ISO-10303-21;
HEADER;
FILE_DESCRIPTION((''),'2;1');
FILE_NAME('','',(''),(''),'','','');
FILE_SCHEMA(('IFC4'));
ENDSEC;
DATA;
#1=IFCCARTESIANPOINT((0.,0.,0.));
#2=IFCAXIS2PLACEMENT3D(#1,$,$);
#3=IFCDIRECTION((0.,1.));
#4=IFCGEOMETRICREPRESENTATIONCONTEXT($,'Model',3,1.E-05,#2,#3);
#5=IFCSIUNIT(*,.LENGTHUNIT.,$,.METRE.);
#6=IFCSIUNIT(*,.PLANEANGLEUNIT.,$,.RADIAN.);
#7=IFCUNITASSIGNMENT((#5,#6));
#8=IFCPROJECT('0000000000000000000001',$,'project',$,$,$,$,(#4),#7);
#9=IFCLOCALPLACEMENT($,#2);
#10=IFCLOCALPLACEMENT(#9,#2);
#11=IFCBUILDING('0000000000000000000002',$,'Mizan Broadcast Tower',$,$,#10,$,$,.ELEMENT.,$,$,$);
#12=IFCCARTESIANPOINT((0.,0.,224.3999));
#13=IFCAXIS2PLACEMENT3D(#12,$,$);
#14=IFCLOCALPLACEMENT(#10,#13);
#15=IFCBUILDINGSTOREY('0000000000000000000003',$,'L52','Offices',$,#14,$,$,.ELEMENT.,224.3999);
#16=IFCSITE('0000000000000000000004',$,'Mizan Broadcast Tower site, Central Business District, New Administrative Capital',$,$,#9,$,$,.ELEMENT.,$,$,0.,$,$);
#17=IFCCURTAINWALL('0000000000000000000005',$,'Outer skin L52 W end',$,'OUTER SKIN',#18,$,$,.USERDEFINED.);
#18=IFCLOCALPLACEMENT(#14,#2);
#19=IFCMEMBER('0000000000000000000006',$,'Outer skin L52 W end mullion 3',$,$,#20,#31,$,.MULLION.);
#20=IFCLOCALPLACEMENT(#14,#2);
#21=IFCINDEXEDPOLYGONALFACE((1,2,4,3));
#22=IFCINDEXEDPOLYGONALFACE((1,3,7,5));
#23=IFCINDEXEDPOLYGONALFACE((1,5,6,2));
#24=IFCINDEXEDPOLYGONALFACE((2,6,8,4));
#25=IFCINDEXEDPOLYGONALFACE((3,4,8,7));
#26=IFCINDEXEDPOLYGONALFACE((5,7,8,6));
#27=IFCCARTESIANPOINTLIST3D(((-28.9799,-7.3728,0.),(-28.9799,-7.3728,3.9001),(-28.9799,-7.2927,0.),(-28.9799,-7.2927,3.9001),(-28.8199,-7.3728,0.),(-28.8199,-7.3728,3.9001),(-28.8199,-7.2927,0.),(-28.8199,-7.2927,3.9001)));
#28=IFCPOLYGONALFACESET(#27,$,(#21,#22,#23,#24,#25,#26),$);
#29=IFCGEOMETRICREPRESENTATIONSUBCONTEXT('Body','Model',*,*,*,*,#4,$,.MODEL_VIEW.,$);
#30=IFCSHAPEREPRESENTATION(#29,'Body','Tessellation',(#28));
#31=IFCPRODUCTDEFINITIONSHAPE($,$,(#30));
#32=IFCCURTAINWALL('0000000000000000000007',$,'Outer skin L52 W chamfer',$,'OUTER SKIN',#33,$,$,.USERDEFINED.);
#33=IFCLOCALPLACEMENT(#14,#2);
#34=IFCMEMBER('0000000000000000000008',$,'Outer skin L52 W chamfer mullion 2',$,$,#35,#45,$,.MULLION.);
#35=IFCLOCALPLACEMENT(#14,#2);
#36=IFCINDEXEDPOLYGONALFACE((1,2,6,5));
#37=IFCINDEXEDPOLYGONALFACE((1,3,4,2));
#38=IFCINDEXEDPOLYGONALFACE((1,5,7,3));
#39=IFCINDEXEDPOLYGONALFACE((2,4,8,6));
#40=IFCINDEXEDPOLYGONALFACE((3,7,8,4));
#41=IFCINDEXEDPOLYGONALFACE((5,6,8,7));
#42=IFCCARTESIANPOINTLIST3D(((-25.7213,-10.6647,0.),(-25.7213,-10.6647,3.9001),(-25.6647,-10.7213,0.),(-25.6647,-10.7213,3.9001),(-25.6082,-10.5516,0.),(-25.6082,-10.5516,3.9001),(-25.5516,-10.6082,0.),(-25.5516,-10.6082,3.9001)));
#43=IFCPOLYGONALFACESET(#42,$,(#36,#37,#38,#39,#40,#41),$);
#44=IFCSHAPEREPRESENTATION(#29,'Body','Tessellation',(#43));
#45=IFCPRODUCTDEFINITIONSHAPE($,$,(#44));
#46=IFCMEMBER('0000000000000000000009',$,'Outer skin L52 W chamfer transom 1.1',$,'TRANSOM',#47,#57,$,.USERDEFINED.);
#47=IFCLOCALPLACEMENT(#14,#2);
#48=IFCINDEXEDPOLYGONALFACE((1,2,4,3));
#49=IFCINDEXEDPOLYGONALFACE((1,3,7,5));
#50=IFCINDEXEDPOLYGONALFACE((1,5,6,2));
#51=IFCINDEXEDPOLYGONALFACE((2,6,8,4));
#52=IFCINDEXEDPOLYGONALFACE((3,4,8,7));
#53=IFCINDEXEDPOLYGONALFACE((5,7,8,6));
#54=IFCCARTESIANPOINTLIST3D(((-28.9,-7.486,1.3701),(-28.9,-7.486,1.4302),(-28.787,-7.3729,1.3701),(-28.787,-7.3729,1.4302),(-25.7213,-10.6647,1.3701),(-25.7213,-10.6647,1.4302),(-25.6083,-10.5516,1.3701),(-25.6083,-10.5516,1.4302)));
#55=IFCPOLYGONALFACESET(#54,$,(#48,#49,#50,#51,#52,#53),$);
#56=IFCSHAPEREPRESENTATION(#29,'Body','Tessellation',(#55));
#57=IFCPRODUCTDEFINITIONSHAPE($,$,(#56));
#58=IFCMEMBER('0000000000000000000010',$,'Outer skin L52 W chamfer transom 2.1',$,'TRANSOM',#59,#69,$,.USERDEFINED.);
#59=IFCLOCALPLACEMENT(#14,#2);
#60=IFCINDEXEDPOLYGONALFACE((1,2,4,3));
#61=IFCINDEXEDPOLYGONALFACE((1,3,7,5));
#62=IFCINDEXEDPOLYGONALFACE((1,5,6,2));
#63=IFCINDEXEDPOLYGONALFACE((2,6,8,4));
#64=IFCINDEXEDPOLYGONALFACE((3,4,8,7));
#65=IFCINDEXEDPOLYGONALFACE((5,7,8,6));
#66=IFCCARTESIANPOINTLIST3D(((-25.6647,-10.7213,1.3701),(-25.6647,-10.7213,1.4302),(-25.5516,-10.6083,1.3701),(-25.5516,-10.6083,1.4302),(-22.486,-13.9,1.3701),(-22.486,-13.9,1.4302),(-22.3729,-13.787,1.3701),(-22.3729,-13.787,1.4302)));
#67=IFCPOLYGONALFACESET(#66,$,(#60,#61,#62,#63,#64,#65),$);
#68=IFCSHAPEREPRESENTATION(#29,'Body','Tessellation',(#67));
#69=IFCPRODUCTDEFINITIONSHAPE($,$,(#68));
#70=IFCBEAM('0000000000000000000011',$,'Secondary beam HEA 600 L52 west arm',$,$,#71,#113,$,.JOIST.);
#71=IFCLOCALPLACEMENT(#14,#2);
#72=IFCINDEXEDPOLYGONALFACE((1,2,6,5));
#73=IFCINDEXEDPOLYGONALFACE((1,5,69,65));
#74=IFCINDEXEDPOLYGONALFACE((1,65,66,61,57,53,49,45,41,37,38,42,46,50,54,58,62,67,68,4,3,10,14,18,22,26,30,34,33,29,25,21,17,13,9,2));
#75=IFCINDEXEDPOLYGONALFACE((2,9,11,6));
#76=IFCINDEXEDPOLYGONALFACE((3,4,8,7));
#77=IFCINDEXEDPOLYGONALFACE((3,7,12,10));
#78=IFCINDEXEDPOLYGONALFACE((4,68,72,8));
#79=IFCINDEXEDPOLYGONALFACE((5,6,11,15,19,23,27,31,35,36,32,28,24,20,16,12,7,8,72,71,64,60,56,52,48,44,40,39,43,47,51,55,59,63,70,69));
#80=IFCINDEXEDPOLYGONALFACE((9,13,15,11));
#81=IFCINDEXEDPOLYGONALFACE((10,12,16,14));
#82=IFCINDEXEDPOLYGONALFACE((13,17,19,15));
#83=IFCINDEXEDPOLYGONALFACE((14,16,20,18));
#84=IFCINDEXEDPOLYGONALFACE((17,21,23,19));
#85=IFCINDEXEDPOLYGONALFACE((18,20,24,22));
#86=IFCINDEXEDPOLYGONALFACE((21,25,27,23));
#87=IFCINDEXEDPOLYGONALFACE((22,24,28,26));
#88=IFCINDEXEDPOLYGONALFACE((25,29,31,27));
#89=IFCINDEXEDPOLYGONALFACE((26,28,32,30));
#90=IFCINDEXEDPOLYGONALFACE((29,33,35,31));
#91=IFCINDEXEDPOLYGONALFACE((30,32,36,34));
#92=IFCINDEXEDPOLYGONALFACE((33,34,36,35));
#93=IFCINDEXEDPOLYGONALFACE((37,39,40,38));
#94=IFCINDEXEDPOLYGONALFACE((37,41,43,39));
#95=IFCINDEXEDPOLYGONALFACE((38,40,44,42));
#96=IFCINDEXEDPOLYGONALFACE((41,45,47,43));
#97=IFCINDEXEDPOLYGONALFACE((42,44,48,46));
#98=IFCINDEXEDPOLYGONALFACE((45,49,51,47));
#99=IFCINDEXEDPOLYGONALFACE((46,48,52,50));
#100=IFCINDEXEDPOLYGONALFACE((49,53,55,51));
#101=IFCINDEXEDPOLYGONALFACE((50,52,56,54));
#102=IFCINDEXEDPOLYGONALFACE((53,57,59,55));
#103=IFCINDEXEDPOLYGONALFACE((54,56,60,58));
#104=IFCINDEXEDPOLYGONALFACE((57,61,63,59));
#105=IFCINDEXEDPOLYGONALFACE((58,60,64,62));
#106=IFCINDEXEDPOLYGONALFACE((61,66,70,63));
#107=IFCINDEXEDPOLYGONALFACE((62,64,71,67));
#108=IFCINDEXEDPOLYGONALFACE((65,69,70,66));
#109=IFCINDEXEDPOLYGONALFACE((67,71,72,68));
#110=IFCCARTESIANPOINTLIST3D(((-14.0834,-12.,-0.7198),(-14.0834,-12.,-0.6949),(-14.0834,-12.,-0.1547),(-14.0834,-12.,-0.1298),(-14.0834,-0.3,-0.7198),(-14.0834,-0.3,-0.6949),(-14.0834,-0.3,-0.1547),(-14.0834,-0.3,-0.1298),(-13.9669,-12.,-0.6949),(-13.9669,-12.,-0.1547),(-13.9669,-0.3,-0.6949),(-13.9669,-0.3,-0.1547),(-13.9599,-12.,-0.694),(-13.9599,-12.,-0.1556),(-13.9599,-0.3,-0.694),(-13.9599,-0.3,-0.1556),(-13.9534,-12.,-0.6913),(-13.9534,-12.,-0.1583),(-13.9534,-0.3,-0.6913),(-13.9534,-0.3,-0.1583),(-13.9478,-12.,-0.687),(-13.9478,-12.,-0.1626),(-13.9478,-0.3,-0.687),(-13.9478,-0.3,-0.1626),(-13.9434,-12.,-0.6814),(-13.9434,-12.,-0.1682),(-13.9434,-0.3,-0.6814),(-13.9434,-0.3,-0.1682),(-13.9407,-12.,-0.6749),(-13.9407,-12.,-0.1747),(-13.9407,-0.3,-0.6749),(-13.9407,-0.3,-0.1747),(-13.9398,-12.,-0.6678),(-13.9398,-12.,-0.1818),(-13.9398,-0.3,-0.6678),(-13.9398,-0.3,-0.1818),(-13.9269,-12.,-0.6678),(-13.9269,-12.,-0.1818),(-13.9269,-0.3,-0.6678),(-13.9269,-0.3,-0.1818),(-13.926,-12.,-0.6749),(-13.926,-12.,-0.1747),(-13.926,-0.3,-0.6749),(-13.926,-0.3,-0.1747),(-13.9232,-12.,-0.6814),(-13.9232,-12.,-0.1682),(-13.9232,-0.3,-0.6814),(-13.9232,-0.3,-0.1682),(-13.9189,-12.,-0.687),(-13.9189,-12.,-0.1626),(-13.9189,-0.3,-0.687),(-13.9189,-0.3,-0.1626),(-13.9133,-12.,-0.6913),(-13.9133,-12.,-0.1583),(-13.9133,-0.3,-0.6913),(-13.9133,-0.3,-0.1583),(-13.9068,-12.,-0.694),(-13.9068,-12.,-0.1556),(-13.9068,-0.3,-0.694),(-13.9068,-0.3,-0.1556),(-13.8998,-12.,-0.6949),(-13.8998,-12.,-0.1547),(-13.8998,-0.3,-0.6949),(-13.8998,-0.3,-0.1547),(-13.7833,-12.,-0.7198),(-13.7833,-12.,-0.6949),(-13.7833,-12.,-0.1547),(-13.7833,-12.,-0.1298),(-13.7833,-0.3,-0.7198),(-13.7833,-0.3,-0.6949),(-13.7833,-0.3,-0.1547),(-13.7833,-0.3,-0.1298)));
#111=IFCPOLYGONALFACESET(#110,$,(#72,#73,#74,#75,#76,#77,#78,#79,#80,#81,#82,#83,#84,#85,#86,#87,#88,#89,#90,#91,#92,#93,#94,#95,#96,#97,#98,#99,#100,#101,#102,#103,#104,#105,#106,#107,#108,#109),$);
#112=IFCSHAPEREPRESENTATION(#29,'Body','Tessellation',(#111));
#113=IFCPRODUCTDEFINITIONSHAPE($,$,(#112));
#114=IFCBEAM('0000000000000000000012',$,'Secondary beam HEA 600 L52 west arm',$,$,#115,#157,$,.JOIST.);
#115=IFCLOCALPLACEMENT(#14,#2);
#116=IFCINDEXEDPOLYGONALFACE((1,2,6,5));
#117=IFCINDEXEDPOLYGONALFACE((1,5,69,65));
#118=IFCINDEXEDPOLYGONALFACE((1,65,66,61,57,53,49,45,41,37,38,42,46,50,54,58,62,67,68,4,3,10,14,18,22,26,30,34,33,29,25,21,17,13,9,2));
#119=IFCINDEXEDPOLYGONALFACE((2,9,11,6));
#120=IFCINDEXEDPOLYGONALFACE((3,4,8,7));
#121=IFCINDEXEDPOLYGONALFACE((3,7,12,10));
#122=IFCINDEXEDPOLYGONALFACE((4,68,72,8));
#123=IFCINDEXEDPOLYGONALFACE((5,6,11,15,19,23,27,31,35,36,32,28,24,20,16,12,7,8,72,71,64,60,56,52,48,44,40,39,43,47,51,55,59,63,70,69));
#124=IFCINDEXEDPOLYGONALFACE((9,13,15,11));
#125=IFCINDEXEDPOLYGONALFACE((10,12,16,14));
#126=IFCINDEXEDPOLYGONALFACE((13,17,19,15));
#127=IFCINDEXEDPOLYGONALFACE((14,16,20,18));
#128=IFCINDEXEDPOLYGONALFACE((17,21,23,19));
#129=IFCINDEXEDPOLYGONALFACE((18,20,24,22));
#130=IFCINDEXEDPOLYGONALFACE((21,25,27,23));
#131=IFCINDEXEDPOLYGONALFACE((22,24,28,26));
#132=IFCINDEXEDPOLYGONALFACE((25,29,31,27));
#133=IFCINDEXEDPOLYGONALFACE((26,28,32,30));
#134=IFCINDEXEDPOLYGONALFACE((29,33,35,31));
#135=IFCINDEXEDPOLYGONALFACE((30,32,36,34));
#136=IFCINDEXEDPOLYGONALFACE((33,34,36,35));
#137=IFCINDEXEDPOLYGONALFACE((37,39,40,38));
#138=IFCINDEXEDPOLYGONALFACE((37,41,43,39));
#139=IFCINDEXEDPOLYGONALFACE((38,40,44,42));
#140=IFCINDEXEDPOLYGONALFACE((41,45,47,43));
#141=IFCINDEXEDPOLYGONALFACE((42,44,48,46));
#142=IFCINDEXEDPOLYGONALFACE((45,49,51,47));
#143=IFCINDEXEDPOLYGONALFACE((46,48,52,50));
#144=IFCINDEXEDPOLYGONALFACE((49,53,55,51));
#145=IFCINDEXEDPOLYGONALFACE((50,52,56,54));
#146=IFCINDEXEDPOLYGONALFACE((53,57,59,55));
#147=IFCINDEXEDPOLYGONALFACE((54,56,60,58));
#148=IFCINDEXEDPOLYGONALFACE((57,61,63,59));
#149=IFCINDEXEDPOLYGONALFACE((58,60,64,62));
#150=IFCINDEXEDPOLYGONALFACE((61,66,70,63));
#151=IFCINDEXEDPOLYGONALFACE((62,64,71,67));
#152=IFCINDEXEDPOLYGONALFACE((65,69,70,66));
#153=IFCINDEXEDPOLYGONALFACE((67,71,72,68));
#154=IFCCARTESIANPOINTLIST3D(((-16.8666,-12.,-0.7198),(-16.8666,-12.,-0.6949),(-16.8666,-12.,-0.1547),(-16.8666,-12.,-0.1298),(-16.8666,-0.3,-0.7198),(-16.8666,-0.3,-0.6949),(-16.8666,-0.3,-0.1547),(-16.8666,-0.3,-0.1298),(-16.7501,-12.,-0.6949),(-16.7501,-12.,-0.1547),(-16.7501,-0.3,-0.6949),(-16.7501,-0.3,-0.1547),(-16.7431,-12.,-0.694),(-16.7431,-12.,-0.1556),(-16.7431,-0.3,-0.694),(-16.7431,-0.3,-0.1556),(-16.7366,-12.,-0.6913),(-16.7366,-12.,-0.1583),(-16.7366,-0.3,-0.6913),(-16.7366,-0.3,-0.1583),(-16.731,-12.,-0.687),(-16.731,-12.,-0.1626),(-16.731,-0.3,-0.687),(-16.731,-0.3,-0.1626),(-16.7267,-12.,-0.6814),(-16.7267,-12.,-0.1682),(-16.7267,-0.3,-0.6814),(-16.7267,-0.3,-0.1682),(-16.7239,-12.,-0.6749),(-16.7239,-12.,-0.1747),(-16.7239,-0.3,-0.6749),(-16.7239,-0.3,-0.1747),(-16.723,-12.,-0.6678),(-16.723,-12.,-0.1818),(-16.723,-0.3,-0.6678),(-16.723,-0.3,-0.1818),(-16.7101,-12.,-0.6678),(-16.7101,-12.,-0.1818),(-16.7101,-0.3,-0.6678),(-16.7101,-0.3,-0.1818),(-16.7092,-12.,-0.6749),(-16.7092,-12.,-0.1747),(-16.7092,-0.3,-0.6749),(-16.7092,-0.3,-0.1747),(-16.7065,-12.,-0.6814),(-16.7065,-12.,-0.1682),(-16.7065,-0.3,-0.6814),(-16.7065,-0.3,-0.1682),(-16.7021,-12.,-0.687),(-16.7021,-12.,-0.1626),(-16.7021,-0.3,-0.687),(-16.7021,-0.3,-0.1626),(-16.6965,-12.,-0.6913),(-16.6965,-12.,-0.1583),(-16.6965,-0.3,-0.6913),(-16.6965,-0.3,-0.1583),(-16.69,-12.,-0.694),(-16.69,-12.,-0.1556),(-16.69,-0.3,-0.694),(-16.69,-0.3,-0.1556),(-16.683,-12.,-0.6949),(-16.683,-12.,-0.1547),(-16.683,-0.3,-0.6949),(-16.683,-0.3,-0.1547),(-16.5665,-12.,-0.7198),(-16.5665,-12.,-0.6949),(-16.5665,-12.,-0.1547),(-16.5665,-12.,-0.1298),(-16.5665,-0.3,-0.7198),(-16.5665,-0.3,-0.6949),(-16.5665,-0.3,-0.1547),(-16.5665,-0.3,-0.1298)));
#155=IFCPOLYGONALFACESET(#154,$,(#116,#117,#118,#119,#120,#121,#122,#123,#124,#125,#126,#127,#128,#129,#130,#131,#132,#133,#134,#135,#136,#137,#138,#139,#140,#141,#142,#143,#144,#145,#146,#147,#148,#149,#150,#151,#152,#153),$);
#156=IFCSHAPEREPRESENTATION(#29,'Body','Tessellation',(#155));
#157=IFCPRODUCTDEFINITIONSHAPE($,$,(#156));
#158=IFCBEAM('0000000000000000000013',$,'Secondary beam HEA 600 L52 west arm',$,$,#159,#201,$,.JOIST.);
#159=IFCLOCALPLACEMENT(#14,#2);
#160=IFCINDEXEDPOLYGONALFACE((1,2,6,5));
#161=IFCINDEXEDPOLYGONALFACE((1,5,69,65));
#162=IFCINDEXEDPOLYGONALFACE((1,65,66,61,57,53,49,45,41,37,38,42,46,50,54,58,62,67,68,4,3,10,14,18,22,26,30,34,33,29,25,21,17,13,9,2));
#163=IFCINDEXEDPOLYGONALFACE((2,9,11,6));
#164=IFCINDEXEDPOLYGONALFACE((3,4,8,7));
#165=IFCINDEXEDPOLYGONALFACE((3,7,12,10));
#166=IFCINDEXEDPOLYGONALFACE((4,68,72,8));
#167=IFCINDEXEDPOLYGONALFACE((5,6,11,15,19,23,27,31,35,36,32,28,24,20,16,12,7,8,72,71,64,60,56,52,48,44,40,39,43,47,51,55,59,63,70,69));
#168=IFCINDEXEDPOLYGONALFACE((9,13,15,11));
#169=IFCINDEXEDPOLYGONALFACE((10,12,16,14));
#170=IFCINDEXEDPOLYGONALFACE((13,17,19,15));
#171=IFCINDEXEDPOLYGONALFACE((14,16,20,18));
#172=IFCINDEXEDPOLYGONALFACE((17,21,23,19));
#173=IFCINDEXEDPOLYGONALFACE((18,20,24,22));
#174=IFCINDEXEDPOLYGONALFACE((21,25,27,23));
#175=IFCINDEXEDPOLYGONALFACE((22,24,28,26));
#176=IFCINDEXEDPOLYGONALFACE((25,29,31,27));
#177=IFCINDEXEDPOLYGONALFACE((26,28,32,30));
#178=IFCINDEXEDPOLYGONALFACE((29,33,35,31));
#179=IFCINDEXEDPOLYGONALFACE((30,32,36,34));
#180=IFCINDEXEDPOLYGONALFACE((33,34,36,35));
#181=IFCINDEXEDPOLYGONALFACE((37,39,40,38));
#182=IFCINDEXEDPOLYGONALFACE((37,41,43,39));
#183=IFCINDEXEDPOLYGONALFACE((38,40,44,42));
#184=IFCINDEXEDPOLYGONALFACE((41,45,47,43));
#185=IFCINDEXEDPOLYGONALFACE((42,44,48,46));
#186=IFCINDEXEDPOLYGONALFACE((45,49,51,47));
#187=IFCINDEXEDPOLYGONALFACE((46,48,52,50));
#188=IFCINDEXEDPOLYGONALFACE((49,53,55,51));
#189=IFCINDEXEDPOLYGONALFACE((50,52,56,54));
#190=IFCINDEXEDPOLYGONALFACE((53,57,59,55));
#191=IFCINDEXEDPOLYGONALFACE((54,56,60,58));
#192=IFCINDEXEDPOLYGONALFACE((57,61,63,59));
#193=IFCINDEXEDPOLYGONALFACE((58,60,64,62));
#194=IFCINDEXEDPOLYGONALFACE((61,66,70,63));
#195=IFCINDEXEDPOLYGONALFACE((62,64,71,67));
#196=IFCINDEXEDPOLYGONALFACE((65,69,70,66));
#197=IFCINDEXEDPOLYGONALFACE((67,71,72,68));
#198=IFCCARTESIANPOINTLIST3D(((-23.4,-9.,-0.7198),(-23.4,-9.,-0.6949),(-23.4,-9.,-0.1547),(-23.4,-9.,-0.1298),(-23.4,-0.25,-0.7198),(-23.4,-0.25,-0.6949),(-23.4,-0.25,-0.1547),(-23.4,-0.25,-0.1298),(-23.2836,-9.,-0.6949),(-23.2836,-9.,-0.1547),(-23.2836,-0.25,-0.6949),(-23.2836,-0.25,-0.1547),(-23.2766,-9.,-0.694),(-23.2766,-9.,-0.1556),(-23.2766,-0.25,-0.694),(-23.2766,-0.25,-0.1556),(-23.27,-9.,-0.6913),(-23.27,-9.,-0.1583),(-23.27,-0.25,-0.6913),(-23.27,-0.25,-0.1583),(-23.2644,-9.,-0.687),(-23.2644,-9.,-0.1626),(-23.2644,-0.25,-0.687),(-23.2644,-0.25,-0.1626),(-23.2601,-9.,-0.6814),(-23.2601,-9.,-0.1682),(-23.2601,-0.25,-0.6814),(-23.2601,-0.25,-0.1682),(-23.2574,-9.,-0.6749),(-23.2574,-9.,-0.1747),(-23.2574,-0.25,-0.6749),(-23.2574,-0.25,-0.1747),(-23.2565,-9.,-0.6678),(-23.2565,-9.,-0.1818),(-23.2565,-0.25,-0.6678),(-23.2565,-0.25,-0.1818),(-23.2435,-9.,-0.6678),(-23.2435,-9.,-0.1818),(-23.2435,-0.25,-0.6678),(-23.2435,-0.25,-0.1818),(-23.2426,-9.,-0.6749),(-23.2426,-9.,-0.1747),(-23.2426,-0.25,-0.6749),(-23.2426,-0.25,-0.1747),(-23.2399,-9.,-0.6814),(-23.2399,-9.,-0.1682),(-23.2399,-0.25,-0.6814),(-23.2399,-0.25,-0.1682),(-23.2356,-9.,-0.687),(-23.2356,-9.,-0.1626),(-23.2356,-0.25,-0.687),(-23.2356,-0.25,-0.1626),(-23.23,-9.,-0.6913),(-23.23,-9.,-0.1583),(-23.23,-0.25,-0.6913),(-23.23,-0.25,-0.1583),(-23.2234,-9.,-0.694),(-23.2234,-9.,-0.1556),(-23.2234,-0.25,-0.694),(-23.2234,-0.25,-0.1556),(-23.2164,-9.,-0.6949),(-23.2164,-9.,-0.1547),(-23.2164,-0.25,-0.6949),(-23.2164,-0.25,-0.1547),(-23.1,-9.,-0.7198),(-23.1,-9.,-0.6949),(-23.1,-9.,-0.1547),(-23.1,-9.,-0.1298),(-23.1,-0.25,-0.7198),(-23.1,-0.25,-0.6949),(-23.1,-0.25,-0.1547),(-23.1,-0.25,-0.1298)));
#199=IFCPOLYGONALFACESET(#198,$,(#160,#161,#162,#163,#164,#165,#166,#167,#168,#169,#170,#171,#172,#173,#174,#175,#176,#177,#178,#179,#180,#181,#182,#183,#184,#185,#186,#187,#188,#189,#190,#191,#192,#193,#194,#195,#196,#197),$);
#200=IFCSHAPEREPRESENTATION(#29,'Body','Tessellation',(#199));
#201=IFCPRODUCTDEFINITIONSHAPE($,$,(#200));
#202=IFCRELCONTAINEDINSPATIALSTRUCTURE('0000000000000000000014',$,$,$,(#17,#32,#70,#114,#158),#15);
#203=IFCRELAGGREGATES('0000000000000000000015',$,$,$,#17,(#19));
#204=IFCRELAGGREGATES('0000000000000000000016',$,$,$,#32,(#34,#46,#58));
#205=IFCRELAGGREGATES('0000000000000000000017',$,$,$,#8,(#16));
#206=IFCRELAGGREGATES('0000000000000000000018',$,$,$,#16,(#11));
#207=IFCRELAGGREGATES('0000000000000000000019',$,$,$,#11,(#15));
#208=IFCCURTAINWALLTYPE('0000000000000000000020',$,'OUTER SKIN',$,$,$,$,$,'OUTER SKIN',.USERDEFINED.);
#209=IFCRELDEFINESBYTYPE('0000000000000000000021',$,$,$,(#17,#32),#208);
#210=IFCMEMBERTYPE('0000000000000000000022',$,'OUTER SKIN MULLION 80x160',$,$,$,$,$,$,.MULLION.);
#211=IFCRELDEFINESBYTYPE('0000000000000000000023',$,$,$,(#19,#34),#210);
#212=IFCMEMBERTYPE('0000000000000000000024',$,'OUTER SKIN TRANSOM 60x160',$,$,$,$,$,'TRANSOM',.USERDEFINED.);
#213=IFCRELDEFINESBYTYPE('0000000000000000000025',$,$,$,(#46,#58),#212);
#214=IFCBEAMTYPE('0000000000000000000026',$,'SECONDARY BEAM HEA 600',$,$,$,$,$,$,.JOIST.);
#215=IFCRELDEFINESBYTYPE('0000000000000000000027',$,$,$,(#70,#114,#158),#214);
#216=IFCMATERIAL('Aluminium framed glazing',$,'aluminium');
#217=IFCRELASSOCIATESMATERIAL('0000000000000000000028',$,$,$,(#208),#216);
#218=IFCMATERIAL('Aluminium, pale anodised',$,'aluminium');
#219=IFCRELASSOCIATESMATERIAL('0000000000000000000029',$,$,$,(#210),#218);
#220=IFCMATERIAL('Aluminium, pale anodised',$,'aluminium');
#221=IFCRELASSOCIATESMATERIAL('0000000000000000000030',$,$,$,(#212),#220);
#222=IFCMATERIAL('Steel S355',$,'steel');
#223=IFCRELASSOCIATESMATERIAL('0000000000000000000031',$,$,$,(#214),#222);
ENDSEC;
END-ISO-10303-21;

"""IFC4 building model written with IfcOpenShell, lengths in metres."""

from ifc_helpers import new_model, si_unit, direction, frame, origin, origin_2d, place, context, subcontext, project, spatial, rectangle, i_section, extrude, material, material_profile, profile_set, type_object, element, aggregate, save


model = new_model("IFC4")

# Units and contexts
model_context = context("Model", 3, precision=1e-05, world=origin(), true_north=direction((0.0, 1.0)))
body_context = subcontext(model_context, "Body", "Model", "MODEL_VIEW")
ifc_project = project(units=[si_unit("LENGTHUNIT", "METRE"), si_unit("PLANEANGLEUNIT", "RADIAN")], contexts=[model_context])

# Site, building, storey
site_placement = place(None, origin())
site = spatial("IfcSite", under=ifc_project, at=site_placement, Name="Mizan Broadcast Tower site, Central Business District, New Administrative Capital", CompositionType="ELEMENT", RefElevation=0.0)
building_placement = place(site_placement, origin())
building = spatial("IfcBuilding", under=site, at=building_placement, Name="Mizan Broadcast Tower", CompositionType="ELEMENT")
storey_placement = place(building_placement, frame((0.0, 0.0, 224.3999)))
storey = spatial("IfcBuildingStorey", under=building, at=storey_placement, Name="L52", Description="Offices", CompositionType="ELEMENT", Elevation=224.3999)

# Curtain wall, member
ifc_material_1 = material(Name="Aluminium framed glazing", Category="aluminium")
curtain_wall_type_1 = type_object("IfcCurtainWallType", Name="OUTER SKIN", ElementType="OUTER SKIN", PredefinedType="USERDEFINED", material=ifc_material_1)
curtain_wall_1_placement = place(storey_placement, origin())
curtain_wall_1 = element("IfcCurtainWall", 1, at=curtain_wall_1_placement, inside=storey, type_object=curtain_wall_type_1, Name="Outer skin L52 W end", ObjectType="OUTER SKIN", PredefinedType="USERDEFINED")
ifc_material_2 = material(Name="Aluminium, pale anodised", Category="aluminium")
ifc_material_profile_1 = material_profile(ifc_material_2, rectangle(XDim=0.1599, YDim=0.0801, at=origin_2d()), Name="MULLION 160x80")
ifc_profile_set_1 = profile_set([ifc_material_profile_1], Name="Aluminium, pale anodised")
member_type_1 = type_object("IfcMemberType", Name="OUTER SKIN MULLION 80x160", PredefinedType="MULLION", material=ifc_profile_set_1)
member_1_placement = place(storey_placement, frame((-28.8999, -7.3328, 0.0), z_axis=(0.0, 0.0, 1.0), x_axis=(1.0, 0.0, 0.0)))
member_1 = element("IfcMember", 2, at=member_1_placement, type_object=member_type_1, Name="Outer skin L52 W end mullion 3", PredefinedType="MULLION", context=body_context, shape_type="SweptSolid", body=[
    extrude(rectangle(XDim=0.1599, YDim=0.0801, at=origin_2d()), origin(), (0.0, 0.0, 1.0), 3.9001),
])

# Curtain wall, members
curtain_wall_2_placement = place(storey_placement, origin())
curtain_wall_2 = element("IfcCurtainWall", 3, at=curtain_wall_2_placement, inside=storey, type_object=curtain_wall_type_1, Name="Outer skin L52 W chamfer", ObjectType="OUTER SKIN", PredefinedType="USERDEFINED")
member_2_placement = place(storey_placement, frame((-25.6365, -10.6365, 0.0), z_axis=(0.0, 0.0, 1.0), x_axis=(0.707107, 0.707107, 0.0)))
member_2 = element("IfcMember", 4, at=member_2_placement, type_object=member_type_1, Name="Outer skin L52 W chamfer mullion 2", PredefinedType="MULLION", context=body_context, shape_type="SweptSolid", body=[
    extrude(rectangle(XDim=0.1599, YDim=0.0801, at=origin_2d()), origin(), (0.0, 0.0, 1.0), 3.9001),
])
ifc_material_3 = material(Name="Aluminium, pale anodised", Category="aluminium")
ifc_material_profile_2 = material_profile(ifc_material_3, rectangle(XDim=0.1599, YDim=0.0601, at=origin_2d()), Name="TRANSOM 160x60")
ifc_profile_set_2 = profile_set([ifc_material_profile_2], Name="Aluminium, pale anodised")
member_type_2 = type_object("IfcMemberType", Name="OUTER SKIN TRANSOM 60x160", ElementType="TRANSOM", PredefinedType="USERDEFINED", material=ifc_profile_set_2)
member_3_placement = place(storey_placement, frame((-28.8435, -7.4294, 1.4001), z_axis=(0.707107, -0.707107, 0.0), x_axis=(0.707107, 0.707107, 0.0)))
member_3 = element("IfcMember", 5, at=member_3_placement, type_object=member_type_2, Name="Outer skin L52 W chamfer transom 1.1", ObjectType="TRANSOM", PredefinedType="USERDEFINED", context=body_context, shape_type="SweptSolid", body=[
    extrude(rectangle(XDim=0.1599, YDim=0.0601, at=origin_2d()), origin(), (0.0, 0.0, 1.0), 4.4954),
])
member_4_placement = place(storey_placement, frame((-25.6082, -10.6648, 1.4001), z_axis=(0.707107, -0.707107, 0.0), x_axis=(0.707107, 0.707107, 0.0)))
member_4 = element("IfcMember", 6, at=member_4_placement, type_object=member_type_2, Name="Outer skin L52 W chamfer transom 2.1", ObjectType="TRANSOM", PredefinedType="USERDEFINED", context=body_context, shape_type="SweptSolid", body=[
    extrude(rectangle(XDim=0.1599, YDim=0.0601, at=origin_2d()), origin(), (0.0, 0.0, 1.0), 4.4954),
])

# Beams
ifc_material_4 = material(Name="Steel S355", Category="steel")
ifc_material_profile_3 = material_profile(ifc_material_4, i_section(OverallWidth=0.3, OverallDepth=0.5901, WebThickness=0.0129, FlangeThickness=0.0249, FilletRadius=0.0271, at=origin_2d()), Name="HEA 600")
ifc_profile_set_3 = profile_set([ifc_material_profile_3], Name="Steel S355")
beam_type_1 = type_object("IfcBeamType", Name="SECONDARY BEAM HEA 600", PredefinedType="JOIST", material=ifc_profile_set_3)
for number, where, z_axis, x_axis, name in (
    (7, (-13.9333, -12.0, -0.4248), (0.0, 1.0, 0.0), (-1.0, 0.0, 0.0), "Secondary beam HEA 600 L52 west arm"),
    (8, (-16.7166, -12.0, -0.4248), (0.0, 1.0, 0.0), (-1.0, 0.0, 0.0), "Secondary beam HEA 600 L52 west arm"),
):
    element("IfcBeam", number, at=place(storey_placement, frame(where, z_axis=z_axis, x_axis=x_axis)), inside=storey, type_object=beam_type_1, Name=name, PredefinedType="JOIST", context=body_context, shape_type="SweptSolid", body=[
        extrude(i_section(OverallWidth=0.3, OverallDepth=0.5901, WebThickness=0.0129, FlangeThickness=0.0249, FilletRadius=0.0271, at=origin_2d()), origin(), (0.0, 0.0, 1.0), 11.7),
    ])
beam_1_placement = place(storey_placement, frame((-23.25, -9.0, -0.4248), z_axis=(0.0, 1.0, 0.0), x_axis=(-1.0, 0.0, 0.0)))
element("IfcBeam", 9, at=beam_1_placement, inside=storey, type_object=beam_type_1, Name="Secondary beam HEA 600 L52 west arm", PredefinedType="JOIST", context=body_context, shape_type="SweptSolid", body=[
    extrude(i_section(OverallWidth=0.3, OverallDepth=0.5901, WebThickness=0.0129, FlangeThickness=0.0249, FilletRadius=0.0271, at=origin_2d()), origin(), (0.0, 0.0, 1.0), 8.75),
])

aggregate(curtain_wall_1, [member_1])
aggregate(curtain_wall_2, [member_2, member_3, member_4])

save(model, "model.ifc")
